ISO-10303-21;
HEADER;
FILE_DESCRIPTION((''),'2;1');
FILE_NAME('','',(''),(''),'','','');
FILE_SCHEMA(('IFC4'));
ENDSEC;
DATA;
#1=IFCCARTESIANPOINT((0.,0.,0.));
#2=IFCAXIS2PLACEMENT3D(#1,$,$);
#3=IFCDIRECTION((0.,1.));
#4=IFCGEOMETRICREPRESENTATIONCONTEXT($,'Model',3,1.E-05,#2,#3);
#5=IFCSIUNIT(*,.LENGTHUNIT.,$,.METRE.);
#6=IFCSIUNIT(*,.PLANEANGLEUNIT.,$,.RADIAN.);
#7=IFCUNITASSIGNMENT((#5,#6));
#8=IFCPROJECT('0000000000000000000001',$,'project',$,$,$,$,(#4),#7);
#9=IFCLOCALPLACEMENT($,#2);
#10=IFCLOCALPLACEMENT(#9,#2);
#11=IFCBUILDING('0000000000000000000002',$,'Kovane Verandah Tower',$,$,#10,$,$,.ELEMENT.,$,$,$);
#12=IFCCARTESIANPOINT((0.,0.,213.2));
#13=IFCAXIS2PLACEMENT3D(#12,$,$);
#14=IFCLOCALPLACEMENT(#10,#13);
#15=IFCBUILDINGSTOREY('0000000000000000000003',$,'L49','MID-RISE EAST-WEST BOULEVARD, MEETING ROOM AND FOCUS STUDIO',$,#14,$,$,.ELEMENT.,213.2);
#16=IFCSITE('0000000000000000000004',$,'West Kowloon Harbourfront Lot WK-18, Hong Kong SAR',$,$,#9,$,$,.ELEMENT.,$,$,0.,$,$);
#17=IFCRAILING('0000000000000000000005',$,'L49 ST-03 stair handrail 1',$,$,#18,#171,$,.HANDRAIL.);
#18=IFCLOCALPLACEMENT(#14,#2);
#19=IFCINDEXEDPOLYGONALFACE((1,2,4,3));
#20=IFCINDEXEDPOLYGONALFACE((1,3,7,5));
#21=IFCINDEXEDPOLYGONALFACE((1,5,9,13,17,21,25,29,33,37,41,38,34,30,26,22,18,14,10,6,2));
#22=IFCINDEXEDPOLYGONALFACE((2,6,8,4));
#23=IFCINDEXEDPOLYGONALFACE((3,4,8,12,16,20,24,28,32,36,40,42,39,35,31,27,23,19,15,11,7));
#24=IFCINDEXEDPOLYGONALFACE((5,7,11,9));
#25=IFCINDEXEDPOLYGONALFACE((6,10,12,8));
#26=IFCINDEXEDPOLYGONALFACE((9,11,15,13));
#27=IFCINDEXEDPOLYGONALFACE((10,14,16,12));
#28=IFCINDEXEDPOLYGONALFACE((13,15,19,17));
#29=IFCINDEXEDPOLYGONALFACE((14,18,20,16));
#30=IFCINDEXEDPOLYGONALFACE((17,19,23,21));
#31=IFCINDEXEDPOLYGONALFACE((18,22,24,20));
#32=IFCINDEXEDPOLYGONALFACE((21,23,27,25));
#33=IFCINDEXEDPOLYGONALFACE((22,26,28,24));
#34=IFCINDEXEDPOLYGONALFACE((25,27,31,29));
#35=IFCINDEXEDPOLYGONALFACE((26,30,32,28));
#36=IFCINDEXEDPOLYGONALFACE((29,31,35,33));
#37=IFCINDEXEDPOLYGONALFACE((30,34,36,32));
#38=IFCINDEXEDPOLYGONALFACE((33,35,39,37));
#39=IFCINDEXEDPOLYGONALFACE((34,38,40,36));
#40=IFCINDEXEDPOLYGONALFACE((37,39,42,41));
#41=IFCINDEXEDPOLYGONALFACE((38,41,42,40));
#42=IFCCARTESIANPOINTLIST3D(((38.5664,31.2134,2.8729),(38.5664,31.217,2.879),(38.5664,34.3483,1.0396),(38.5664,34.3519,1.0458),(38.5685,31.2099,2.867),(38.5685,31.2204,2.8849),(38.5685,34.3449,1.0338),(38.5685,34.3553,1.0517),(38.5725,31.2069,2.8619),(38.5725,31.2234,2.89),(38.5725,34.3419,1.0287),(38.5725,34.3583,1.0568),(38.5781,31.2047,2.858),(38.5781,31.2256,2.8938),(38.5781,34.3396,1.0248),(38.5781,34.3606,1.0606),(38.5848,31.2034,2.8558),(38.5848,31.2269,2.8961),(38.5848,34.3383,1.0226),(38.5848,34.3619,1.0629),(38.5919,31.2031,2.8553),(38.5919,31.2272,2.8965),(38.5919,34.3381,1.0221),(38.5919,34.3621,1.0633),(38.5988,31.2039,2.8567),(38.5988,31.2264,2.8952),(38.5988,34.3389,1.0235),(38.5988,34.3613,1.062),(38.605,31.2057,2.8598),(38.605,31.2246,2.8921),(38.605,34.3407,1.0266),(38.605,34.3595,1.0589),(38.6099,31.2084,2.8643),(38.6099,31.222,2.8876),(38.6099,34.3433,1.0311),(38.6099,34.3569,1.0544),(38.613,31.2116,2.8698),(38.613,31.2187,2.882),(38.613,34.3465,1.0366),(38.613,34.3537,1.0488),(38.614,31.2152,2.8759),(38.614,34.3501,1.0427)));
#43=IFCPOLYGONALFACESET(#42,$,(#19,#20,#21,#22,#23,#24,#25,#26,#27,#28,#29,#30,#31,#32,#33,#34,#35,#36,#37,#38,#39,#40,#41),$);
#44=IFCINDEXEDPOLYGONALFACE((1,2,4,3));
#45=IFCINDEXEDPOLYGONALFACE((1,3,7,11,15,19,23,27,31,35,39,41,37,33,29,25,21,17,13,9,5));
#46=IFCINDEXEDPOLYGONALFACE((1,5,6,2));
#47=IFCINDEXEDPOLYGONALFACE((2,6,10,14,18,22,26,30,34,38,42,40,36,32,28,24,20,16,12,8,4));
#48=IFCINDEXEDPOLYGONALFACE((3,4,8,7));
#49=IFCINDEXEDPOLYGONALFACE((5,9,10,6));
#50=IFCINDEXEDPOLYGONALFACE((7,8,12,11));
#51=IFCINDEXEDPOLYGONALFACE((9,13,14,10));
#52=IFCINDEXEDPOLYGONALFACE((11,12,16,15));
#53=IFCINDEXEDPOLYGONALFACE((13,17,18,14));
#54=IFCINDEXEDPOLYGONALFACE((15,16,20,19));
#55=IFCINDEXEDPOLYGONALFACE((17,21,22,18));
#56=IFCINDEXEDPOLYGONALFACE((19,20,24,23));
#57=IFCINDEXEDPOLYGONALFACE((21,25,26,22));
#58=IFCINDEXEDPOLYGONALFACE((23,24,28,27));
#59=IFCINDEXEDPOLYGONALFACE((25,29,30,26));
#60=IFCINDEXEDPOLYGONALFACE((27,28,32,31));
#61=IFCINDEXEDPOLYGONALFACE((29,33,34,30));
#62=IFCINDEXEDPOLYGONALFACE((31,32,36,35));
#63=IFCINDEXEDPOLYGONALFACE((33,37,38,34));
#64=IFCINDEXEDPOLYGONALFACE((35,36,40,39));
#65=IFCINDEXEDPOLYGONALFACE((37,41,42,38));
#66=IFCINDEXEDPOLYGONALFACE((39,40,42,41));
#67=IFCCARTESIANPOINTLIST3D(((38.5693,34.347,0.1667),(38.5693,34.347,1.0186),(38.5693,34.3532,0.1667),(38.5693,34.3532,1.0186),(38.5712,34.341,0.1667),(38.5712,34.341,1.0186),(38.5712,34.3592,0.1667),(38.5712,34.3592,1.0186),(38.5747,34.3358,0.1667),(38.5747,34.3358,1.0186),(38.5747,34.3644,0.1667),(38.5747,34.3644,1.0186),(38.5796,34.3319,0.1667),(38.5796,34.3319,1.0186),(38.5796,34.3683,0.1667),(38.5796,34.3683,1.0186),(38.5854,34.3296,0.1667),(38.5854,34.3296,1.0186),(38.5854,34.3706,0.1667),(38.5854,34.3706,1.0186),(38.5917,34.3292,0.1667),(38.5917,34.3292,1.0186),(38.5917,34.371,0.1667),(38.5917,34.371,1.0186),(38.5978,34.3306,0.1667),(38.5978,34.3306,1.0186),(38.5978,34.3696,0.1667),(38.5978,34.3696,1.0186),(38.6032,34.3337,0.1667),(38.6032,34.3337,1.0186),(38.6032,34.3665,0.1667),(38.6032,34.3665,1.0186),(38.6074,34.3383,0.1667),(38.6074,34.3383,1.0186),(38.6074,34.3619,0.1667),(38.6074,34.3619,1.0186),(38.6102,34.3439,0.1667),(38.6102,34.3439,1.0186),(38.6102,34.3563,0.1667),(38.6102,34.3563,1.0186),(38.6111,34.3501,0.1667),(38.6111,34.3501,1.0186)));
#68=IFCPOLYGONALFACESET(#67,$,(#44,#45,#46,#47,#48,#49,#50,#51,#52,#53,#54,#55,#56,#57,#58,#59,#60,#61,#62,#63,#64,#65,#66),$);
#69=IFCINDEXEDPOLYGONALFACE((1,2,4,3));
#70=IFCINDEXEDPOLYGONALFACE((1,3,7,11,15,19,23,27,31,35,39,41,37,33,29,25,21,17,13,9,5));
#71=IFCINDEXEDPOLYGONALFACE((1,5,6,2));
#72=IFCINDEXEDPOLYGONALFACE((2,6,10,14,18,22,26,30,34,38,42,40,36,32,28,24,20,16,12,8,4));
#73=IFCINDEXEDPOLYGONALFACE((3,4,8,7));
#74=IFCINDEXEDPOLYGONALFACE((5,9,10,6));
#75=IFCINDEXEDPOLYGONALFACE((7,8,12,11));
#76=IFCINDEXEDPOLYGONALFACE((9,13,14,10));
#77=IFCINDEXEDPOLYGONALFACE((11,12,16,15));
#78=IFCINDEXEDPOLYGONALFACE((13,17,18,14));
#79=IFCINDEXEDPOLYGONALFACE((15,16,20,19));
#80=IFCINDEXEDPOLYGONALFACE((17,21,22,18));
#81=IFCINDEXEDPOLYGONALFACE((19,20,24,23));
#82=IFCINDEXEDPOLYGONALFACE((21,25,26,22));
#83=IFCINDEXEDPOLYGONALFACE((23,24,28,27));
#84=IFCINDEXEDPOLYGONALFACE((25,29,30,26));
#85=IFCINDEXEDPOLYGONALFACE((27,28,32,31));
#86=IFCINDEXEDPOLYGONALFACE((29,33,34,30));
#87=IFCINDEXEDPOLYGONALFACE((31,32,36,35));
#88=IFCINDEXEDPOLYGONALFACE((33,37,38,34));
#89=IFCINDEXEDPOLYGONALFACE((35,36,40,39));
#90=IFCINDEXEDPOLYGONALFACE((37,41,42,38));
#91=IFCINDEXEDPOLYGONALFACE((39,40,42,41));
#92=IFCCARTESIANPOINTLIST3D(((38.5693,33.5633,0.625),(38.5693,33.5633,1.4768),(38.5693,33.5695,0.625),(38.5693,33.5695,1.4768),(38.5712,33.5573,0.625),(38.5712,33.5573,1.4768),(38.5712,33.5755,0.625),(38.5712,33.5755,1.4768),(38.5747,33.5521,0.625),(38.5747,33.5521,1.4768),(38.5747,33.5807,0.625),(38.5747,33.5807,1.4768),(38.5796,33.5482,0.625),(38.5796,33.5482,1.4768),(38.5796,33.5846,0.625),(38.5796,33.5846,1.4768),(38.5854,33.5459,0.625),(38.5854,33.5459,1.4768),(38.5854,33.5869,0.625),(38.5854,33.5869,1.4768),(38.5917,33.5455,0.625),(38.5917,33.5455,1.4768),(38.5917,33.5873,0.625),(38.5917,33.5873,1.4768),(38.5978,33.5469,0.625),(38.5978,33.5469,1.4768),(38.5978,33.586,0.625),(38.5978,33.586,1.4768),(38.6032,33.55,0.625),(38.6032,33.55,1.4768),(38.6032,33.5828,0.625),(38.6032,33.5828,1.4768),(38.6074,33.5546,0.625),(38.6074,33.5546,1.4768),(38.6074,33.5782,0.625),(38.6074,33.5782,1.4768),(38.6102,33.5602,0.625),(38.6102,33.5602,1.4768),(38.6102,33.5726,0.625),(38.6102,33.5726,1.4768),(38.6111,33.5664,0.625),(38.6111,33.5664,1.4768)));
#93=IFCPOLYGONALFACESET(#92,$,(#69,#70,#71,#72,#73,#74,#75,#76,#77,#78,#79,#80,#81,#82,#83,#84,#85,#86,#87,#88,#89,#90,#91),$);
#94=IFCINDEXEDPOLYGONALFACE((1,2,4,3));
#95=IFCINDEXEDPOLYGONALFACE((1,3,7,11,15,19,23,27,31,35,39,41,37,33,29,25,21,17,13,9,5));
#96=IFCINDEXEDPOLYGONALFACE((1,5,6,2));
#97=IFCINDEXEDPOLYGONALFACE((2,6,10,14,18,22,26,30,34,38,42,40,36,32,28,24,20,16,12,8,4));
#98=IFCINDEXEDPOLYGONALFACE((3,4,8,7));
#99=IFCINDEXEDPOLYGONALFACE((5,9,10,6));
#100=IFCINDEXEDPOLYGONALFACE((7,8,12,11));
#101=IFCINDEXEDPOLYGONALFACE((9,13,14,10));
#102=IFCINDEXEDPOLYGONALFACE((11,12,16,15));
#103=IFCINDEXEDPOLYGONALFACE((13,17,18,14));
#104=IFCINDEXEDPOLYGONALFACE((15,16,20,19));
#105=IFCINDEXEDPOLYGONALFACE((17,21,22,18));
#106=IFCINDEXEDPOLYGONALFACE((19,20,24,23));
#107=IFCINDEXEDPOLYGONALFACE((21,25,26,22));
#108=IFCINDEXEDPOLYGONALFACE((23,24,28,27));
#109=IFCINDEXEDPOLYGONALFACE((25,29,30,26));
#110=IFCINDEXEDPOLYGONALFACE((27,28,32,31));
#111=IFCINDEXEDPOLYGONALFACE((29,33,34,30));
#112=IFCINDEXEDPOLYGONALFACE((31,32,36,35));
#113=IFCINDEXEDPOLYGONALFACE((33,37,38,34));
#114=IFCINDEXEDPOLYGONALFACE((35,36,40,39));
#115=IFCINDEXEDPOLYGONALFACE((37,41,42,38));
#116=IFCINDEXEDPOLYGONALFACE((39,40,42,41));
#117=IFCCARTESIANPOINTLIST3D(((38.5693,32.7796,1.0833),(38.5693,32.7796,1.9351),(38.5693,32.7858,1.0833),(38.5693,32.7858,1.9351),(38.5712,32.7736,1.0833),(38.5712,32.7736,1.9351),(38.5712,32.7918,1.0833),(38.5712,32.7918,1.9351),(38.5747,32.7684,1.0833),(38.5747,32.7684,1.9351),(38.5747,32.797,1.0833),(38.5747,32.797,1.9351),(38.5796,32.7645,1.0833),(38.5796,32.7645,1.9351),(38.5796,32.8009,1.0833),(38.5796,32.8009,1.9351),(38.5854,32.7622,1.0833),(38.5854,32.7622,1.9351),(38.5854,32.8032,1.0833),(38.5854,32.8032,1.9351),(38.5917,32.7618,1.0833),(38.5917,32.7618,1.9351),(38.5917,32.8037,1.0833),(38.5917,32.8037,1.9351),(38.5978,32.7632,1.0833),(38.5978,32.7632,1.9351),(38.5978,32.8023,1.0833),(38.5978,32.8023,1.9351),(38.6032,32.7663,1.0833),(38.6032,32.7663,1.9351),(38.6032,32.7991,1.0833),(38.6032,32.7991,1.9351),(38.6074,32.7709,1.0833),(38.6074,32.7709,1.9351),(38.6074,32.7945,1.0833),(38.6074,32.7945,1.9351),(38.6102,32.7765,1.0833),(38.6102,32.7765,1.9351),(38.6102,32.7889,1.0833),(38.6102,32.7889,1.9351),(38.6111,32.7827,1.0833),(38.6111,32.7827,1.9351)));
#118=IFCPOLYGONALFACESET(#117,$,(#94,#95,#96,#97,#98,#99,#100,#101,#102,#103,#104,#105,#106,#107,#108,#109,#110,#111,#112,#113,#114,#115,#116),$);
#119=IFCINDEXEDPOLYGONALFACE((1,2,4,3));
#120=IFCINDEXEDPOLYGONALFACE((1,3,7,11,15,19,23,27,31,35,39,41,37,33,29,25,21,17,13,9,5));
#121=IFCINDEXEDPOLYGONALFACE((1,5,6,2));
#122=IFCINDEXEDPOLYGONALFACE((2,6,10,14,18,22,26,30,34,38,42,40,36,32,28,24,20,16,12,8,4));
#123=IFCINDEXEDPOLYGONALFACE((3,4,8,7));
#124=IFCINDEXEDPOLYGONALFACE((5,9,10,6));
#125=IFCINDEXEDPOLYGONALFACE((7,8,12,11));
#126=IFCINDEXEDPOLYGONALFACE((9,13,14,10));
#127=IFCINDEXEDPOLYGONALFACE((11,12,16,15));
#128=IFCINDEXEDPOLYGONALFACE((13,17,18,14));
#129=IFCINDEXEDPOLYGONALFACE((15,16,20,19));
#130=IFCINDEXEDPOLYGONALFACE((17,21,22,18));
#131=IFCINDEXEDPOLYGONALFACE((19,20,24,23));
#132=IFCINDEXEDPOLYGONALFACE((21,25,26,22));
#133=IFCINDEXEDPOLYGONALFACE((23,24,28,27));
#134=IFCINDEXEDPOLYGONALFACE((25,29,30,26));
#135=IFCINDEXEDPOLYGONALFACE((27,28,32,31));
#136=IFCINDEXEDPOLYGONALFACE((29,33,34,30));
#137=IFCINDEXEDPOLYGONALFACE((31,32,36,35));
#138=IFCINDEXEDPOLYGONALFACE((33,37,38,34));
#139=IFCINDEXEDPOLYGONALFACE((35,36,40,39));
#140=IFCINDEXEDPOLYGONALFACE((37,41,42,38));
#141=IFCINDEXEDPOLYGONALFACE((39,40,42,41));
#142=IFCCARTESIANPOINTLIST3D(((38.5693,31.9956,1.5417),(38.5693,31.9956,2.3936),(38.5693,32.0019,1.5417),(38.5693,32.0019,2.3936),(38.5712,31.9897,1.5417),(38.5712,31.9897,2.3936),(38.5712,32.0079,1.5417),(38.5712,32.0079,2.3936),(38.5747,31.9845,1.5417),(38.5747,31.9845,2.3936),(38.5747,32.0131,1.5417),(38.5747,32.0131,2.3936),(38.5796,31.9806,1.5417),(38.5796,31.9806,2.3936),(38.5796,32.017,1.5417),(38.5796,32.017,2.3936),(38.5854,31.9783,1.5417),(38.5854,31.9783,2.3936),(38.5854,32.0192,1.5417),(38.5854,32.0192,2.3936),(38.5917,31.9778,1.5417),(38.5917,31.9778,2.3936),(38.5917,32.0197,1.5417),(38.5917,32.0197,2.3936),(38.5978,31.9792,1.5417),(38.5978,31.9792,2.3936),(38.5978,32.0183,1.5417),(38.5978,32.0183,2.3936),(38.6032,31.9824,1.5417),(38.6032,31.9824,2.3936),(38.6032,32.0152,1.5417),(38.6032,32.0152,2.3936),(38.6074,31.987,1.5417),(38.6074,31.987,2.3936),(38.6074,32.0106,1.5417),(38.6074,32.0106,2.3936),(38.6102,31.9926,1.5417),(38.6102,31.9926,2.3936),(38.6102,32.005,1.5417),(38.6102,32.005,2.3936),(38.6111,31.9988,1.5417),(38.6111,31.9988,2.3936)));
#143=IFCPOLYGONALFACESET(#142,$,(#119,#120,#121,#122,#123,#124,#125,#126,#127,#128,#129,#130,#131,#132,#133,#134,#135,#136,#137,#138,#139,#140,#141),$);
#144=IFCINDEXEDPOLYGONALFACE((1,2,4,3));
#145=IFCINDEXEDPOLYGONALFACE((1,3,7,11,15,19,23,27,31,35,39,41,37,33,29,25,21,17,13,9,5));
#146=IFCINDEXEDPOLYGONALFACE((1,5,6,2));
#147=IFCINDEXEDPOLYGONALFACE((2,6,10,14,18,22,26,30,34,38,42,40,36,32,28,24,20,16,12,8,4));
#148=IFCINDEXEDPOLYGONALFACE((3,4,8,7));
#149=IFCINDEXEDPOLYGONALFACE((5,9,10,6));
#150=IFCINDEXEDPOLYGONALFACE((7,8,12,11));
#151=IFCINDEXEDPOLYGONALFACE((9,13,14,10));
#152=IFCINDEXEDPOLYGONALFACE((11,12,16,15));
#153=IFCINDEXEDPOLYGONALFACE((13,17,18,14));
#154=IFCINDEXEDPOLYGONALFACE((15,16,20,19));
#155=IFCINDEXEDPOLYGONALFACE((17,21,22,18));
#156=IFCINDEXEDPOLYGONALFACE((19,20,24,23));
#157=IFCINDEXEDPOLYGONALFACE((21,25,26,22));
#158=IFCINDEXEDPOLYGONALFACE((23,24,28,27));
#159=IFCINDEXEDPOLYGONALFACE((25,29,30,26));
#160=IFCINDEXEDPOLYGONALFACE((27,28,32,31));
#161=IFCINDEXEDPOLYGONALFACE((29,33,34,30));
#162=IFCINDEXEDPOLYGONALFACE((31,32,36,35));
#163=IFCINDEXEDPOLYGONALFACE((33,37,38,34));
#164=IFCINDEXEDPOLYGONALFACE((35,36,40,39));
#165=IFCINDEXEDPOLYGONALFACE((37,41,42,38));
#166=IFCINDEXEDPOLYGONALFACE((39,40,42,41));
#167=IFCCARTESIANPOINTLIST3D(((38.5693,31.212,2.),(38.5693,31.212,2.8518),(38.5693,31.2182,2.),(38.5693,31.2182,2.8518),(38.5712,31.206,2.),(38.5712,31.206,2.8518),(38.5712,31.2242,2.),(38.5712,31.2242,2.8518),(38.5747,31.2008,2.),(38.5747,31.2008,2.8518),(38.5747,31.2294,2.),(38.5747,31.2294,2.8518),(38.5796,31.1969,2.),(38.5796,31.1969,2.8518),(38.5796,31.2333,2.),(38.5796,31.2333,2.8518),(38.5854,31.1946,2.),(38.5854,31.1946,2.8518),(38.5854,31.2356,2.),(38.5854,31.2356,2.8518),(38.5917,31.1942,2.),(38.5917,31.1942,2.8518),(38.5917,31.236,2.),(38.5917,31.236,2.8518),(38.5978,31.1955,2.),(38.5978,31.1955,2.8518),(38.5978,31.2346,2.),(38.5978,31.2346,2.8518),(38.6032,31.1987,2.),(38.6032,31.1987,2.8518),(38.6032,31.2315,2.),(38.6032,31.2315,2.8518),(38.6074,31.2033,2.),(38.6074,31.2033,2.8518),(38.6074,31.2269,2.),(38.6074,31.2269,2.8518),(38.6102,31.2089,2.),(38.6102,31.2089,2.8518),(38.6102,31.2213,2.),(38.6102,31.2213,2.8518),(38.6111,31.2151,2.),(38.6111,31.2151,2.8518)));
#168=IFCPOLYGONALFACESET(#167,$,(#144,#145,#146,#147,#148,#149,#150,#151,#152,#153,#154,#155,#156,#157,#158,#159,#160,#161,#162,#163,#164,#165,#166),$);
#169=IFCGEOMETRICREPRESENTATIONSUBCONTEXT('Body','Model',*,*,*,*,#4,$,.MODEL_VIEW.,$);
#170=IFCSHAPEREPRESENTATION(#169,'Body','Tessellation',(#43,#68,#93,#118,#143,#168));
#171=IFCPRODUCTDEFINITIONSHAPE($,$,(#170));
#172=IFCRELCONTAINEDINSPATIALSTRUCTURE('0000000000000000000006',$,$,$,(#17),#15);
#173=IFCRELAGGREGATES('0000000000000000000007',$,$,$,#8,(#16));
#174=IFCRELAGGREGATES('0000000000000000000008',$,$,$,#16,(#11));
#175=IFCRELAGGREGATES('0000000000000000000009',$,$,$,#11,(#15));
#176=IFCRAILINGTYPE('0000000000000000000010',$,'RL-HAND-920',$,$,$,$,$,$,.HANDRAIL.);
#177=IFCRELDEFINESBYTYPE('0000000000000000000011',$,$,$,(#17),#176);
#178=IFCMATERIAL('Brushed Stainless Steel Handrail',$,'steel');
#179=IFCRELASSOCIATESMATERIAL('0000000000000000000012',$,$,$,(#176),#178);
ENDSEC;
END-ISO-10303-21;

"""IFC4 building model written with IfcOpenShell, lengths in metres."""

from ifc_helpers import new_model, si_unit, direction, frame, origin, origin_2d, place, context, subcontext, project, spatial, circle, extrude, material, type_object, element, save


model = new_model("IFC4")

# Units and contexts
model_context = context("Model", 3, precision=1e-05, world=origin(), true_north=direction((0.0, 1.0)))
body_context = subcontext(model_context, "Body", "Model", "MODEL_VIEW")
ifc_project = project(units=[si_unit("LENGTHUNIT", "METRE"), si_unit("PLANEANGLEUNIT", "RADIAN")], contexts=[model_context])

# Site, building, storey
site_placement = place(None, origin())
site = spatial("IfcSite", under=ifc_project, at=site_placement, Name="West Kowloon Harbourfront Lot WK-18, Hong Kong SAR", CompositionType="ELEMENT", RefElevation=0.0)
building_placement = place(site_placement, origin())
building = spatial("IfcBuilding", under=site, at=building_placement, Name="Kovane Verandah Tower", CompositionType="ELEMENT")
storey_placement = place(building_placement, frame((0.0, 0.0, 213.2)))
storey = spatial("IfcBuildingStorey", under=building, at=storey_placement, Name="L49", Description="MID-RISE EAST-WEST BOULEVARD, MEETING ROOM AND FOCUS STUDIO", CompositionType="ELEMENT", Elevation=213.2)

# Railing
ifc_material_1 = material(Name="Brushed Stainless Steel Handrail", Category="steel")
railing_type_1 = type_object("IfcRailingType", Name="RL-HAND-920", PredefinedType="HANDRAIL", material=ifc_material_1)
railing_1_placement = place(storey_placement, frame((38.5901, 34.3501, 0.1667)))
element("IfcRailing", 1, at=railing_1_placement, inside=storey, type_object=railing_type_1, Name="L49 ST-03 stair handrail 1", PredefinedType="HANDRAIL", context=body_context, shape_type="SweptSolid", body=[
    extrude(circle(Radius=0.0239, at=origin_2d()), frame((0.0, 0.0, 0.876), z_axis=(0.0, -0.86324, 0.504794), x_axis=(1.0, 0.0, 0.0)), (0.0, 0.0, 1.0), 3.6316),
    extrude(circle(Radius=0.021, at=origin_2d()), origin(), (0.0, 0.0, 1.0), 0.8518),
    extrude(circle(Radius=0.021, at=origin_2d()), frame((0.0, -0.7837, 0.4583)), (0.0, 0.0, 1.0), 0.8518),
    extrude(circle(Radius=0.021, at=origin_2d()), frame((0.0, -1.5674, 0.9165)), (0.0, 0.0, 1.0), 0.8518),
    extrude(circle(Radius=0.021, at=origin_2d()), frame((0.0, -2.3513, 1.375)), (0.0, 0.0, 1.0), 0.8518),
    extrude(circle(Radius=0.021, at=origin_2d()), frame((0.0, -3.135, 1.8333)), (0.0, 0.0, 1.0), 0.8518),
])

save(model, "model.ifc")
